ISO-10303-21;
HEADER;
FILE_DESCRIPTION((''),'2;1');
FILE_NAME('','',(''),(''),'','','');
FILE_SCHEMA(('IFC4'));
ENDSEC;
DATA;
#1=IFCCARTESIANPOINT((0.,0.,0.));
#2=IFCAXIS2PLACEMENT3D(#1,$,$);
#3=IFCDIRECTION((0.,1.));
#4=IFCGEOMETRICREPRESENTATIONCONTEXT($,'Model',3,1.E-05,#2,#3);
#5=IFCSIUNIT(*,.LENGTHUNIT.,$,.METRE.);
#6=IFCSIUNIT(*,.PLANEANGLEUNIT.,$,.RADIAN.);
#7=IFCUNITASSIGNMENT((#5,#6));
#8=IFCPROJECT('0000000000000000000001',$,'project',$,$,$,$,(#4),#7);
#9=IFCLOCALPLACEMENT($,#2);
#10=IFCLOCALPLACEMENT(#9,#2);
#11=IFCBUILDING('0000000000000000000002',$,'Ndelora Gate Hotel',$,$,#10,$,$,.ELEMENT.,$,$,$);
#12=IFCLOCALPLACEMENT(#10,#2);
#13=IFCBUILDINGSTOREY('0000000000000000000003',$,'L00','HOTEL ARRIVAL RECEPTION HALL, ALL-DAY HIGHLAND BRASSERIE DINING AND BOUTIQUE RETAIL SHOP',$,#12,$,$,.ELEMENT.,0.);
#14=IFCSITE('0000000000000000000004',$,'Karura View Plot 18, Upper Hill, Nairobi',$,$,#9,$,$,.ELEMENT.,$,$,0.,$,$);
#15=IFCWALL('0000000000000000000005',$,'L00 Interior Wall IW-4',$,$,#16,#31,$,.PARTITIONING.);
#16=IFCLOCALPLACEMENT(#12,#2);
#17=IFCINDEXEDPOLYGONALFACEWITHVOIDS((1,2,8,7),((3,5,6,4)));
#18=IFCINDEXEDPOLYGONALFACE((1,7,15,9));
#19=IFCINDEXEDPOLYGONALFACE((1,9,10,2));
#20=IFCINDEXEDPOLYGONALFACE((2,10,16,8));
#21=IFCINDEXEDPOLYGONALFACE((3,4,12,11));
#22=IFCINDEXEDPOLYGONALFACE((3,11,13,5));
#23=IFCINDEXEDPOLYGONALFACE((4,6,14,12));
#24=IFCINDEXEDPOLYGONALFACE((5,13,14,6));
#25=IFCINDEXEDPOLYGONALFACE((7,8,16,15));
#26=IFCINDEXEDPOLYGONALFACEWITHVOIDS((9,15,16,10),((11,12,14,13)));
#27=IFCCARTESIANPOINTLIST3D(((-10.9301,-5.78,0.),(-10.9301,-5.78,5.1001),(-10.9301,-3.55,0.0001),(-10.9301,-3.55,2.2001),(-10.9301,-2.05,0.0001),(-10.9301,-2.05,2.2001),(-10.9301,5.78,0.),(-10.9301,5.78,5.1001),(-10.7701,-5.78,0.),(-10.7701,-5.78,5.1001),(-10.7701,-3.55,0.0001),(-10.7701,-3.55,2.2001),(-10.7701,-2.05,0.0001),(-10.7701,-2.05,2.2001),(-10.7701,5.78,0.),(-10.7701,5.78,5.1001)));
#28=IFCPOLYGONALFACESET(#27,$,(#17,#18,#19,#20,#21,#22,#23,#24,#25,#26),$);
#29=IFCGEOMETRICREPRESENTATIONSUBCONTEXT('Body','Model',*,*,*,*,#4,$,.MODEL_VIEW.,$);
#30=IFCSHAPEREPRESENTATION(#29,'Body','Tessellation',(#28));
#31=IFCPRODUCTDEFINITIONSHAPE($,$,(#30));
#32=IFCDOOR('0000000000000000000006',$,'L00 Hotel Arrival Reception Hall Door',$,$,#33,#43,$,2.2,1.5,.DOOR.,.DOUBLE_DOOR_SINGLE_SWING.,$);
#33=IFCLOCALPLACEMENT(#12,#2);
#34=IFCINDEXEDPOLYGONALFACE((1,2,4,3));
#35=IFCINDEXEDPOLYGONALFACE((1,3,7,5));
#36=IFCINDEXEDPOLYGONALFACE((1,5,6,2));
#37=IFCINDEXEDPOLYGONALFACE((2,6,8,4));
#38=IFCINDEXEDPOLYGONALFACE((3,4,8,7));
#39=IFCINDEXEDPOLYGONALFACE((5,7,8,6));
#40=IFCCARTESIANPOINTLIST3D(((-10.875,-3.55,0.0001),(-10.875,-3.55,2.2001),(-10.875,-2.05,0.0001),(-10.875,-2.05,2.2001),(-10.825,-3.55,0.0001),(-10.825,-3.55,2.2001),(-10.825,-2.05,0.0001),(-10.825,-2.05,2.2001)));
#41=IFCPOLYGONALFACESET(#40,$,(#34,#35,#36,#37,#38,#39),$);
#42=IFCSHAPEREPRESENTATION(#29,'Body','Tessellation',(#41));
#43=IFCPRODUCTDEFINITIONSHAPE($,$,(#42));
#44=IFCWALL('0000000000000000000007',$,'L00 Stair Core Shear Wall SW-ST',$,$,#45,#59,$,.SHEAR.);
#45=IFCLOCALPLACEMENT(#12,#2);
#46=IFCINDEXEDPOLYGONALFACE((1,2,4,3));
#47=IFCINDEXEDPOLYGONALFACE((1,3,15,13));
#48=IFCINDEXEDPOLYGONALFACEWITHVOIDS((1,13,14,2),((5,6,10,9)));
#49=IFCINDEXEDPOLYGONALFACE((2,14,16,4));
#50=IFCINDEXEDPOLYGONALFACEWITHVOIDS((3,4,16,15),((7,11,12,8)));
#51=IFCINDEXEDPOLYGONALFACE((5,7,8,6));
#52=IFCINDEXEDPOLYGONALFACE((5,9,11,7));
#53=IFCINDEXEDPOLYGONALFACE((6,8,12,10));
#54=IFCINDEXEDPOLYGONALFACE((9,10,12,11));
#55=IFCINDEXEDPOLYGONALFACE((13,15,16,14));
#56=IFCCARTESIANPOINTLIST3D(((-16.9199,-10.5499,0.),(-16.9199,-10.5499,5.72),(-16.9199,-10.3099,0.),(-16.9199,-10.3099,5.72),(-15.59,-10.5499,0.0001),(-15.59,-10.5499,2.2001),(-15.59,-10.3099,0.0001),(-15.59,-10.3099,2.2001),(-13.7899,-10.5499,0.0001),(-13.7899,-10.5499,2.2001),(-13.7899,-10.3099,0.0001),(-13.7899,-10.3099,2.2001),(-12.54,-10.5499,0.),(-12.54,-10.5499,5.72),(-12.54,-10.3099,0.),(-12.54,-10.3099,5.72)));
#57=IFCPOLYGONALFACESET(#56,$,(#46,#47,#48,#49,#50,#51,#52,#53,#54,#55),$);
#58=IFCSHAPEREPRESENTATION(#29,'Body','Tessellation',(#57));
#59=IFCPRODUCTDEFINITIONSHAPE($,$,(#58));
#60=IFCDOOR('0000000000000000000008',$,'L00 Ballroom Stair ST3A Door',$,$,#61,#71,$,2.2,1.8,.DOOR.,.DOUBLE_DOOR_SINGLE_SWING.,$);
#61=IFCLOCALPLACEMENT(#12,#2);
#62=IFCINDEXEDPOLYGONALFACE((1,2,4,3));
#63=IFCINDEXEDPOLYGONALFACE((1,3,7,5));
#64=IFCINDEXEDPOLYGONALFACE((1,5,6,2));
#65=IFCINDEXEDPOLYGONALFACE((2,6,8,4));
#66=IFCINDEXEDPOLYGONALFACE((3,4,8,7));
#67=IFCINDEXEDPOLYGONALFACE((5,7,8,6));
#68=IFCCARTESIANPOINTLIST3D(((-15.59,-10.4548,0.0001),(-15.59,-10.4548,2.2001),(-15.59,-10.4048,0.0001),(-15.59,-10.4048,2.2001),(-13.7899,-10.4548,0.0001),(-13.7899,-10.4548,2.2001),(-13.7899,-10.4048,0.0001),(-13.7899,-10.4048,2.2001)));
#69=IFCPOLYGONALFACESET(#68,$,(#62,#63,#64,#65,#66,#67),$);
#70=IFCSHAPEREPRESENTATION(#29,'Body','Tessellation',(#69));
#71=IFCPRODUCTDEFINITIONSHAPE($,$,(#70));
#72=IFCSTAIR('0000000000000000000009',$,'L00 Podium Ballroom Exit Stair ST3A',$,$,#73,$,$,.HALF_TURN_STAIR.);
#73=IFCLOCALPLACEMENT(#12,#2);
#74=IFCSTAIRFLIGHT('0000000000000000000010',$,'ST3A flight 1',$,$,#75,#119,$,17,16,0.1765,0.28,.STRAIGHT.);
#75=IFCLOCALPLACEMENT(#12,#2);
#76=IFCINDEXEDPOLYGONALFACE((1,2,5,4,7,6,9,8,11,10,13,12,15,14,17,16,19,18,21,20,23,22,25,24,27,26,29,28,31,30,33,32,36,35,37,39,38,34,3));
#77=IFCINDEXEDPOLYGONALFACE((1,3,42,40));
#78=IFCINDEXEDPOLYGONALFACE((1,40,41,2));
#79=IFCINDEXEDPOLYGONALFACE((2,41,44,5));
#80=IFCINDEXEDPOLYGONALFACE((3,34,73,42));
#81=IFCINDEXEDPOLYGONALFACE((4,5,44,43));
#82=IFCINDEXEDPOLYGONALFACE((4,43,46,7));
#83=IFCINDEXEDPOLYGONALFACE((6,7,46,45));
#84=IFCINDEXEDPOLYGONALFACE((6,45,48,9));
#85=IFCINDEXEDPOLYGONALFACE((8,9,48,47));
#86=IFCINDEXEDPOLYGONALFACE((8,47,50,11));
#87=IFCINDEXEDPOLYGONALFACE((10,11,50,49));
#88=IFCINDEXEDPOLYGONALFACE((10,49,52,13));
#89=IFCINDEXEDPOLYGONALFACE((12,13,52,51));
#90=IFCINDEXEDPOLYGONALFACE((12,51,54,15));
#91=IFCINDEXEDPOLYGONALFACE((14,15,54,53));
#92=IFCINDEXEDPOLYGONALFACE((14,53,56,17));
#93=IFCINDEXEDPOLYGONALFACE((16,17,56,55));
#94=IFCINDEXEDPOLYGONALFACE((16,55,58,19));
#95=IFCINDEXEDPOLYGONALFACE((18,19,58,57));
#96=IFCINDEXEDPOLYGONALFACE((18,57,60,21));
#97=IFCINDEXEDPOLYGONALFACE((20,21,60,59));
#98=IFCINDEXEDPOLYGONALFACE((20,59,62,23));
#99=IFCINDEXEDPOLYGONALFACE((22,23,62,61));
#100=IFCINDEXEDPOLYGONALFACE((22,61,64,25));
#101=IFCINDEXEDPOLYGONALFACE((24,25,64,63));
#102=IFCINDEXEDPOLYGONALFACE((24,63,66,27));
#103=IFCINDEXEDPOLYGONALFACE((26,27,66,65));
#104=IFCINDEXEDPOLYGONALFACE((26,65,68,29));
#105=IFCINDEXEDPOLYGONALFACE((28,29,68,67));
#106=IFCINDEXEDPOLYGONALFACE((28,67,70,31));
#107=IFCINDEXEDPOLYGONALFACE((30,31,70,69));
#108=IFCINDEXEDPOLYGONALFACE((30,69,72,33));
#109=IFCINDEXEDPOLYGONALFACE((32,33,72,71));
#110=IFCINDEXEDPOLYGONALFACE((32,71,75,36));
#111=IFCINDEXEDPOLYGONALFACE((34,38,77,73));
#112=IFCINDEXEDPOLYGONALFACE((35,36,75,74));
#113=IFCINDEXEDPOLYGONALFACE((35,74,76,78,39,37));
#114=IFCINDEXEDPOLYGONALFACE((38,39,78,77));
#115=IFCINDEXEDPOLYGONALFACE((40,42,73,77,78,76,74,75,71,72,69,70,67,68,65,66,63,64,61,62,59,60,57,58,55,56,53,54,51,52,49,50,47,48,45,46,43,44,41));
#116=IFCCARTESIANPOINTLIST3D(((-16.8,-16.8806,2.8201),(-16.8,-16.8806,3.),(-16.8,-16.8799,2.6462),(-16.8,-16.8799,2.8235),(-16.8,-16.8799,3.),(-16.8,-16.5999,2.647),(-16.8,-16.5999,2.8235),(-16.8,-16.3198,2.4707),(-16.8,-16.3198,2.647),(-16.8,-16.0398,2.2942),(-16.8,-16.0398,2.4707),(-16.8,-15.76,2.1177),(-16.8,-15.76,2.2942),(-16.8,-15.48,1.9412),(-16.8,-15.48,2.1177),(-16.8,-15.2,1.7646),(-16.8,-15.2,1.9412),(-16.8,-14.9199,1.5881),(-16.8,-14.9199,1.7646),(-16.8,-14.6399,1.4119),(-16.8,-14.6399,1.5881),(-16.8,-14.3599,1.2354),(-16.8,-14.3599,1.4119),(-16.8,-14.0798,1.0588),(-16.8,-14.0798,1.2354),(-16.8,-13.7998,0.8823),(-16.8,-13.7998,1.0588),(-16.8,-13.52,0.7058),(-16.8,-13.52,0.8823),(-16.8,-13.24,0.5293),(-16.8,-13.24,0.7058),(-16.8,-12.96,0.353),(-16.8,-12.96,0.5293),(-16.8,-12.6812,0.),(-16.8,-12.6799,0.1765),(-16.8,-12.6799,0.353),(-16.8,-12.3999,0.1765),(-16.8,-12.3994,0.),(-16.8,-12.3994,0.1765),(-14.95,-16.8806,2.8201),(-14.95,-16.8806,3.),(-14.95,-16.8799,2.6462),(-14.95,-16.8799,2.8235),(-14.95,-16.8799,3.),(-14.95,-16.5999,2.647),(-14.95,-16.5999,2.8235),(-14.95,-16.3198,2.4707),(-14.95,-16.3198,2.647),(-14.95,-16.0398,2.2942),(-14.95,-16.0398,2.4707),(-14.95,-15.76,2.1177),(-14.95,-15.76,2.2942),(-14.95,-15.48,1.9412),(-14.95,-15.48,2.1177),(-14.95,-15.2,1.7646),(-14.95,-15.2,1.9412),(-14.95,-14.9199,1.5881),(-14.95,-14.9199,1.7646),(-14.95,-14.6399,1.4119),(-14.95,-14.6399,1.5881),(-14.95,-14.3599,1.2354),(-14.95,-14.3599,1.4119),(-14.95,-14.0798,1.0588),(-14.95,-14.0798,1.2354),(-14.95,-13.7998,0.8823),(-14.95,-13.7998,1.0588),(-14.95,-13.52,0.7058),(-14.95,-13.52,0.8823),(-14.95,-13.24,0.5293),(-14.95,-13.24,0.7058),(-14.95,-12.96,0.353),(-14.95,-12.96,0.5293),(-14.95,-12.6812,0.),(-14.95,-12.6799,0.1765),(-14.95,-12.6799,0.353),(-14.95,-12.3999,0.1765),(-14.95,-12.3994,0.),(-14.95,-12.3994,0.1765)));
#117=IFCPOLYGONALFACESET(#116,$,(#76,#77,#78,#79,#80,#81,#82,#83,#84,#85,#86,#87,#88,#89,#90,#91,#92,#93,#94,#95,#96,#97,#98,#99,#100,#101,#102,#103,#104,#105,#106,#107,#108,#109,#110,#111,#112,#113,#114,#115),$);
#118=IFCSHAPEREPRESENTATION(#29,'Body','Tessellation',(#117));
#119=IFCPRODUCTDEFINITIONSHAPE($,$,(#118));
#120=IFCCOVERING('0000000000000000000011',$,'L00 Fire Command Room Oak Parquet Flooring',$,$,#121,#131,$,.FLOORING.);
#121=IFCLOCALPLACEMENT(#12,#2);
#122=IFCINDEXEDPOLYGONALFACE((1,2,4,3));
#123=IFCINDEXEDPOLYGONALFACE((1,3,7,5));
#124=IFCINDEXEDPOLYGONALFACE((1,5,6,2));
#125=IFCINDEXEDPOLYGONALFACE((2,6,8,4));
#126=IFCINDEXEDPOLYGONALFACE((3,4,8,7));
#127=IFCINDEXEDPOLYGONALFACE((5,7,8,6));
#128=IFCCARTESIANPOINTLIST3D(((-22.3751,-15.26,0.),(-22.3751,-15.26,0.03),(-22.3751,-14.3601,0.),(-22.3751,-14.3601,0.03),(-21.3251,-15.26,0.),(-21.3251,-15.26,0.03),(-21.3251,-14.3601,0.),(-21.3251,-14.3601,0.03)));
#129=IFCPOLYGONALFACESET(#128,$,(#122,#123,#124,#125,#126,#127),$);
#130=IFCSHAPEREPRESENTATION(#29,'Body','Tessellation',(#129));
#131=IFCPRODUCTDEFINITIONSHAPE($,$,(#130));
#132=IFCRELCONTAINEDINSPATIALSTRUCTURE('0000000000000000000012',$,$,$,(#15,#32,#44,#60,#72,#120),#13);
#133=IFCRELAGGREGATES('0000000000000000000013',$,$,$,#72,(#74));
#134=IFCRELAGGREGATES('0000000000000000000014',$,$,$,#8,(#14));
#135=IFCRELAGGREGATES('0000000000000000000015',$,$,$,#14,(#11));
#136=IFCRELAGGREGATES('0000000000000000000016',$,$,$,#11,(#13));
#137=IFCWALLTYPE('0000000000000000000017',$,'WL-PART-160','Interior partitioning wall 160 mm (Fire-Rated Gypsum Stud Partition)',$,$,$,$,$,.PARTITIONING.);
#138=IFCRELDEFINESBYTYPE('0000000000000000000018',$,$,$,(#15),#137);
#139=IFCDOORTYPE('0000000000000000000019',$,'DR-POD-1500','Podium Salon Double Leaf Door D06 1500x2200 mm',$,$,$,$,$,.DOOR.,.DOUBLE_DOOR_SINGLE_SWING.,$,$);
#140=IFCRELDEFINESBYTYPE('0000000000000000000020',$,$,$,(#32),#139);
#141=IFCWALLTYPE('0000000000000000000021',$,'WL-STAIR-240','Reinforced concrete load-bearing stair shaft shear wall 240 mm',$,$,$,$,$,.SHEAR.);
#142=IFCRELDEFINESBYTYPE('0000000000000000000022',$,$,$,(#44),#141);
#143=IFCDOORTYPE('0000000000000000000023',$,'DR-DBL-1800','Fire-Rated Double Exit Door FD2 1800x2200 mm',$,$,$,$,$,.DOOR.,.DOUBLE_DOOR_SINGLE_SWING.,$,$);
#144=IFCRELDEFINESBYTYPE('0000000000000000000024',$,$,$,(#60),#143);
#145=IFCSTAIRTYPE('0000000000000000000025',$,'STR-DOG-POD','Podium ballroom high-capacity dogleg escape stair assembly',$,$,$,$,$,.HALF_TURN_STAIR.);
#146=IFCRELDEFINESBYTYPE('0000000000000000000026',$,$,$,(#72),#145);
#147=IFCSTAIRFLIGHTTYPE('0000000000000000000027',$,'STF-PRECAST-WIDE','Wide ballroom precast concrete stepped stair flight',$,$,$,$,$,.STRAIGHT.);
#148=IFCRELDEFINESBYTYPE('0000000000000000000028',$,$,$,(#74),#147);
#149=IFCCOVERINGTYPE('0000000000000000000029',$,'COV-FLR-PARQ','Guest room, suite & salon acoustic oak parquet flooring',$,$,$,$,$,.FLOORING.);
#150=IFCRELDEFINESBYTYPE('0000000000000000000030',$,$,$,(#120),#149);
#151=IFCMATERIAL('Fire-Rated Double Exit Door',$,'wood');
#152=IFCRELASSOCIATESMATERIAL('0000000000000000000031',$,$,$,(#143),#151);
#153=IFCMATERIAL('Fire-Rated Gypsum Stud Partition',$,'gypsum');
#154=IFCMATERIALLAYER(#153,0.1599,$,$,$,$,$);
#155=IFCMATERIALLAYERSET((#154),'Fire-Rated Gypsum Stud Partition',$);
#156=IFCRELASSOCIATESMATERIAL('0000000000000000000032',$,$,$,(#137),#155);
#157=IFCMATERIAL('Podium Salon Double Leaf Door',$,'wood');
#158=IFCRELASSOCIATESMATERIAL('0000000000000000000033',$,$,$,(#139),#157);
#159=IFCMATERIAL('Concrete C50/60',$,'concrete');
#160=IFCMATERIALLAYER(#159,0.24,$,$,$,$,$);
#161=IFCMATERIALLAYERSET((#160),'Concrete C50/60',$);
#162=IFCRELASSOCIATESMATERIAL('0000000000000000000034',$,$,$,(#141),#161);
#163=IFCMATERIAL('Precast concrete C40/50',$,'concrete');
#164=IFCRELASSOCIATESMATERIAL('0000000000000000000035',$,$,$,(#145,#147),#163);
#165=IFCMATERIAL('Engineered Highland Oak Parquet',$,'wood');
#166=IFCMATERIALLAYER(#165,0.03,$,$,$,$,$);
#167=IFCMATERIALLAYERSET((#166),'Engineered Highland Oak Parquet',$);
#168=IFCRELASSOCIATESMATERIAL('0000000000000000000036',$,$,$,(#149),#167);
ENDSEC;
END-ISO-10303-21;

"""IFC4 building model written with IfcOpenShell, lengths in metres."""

from ifc_helpers import new_model, si_unit, direction, frame, frame_2d, origin, origin_2d, place, context, subcontext, project, spatial, polyline, rectangle, outline, extrude, material, layer, layer_set, type_object, element, fill, aggregate, save


model = new_model("IFC4")

# Units and contexts
model_context = context("Model", 3, precision=1e-05, world=origin(), true_north=direction((0.0, 1.0)))
body_context = subcontext(model_context, "Body", "Model", "MODEL_VIEW")
ifc_project = project(units=[si_unit("LENGTHUNIT", "METRE"), si_unit("PLANEANGLEUNIT", "RADIAN")], contexts=[model_context])

# Site, building, storey
site_placement = place(None, origin())
site = spatial("IfcSite", under=ifc_project, at=site_placement, Name="Karura View Plot 18, Upper Hill, Nairobi", CompositionType="ELEMENT", RefElevation=0.0)
building_placement = place(site_placement, origin())
building = spatial("IfcBuilding", under=site, at=building_placement, Name="Ndelora Gate Hotel", CompositionType="ELEMENT")
storey_placement = place(building_placement, origin())
storey = spatial("IfcBuildingStorey", under=building, at=storey_placement, Name="L00", Description="HOTEL ARRIVAL RECEPTION HALL, ALL-DAY HIGHLAND BRASSERIE DINING AND BOUTIQUE RETAIL SHOP", CompositionType="ELEMENT", Elevation=0.0)

# Shared definitions
ifc_material_1 = material(Name="Concrete C50/60", Category="concrete")

# Walls, openings, doors
ifc_material_2 = material(Name="Fire-Rated Double Exit Door", Category="wood")
door_type_1 = type_object("IfcDoorType", Name="DR-DBL-1800", Description="Fire-Rated Double Exit Door FD2 1800x2200 mm", OperationType="DOUBLE_DOOR_SINGLE_SWING", PredefinedType="DOOR", material=ifc_material_2)
ifc_material_3 = material(Name="Fire-Rated Gypsum Stud Partition", Category="gypsum")
ifc_layer_1 = layer(ifc_material_3, 0.1599)
ifc_layer_set_1 = layer_set([ifc_layer_1], Name="Fire-Rated Gypsum Stud Partition")
wall_type_1 = type_object("IfcWallType", Name="WL-PART-160", Description="Interior partitioning wall 160 mm (Fire-Rated Gypsum Stud Partition)", PredefinedType="PARTITIONING", material=ifc_layer_set_1)
wall_1_placement = place(storey_placement, frame((-10.8501, -5.78, 0.0), z_axis=(0.0, 0.0, 1.0), x_axis=(0.0, 1.0, 0.0)))
wall_1 = element("IfcWall", 1, at=wall_1_placement, inside=storey, type_object=wall_type_1, Name="L00 Interior Wall IW-4", PredefinedType="PARTITIONING", context=body_context, shape_type="SweptSolid", body=[
    extrude(rectangle(XDim=11.5601, YDim=0.1599, at=frame_2d((5.78, 0.0))), origin(), (0.0, 0.0, 1.0), 5.1001),
])
opening_1_placement = place(wall_1_placement, frame((2.23, 0.0, 0.0)))
opening_1 = element("IfcOpeningElement", 2, at=opening_1_placement, cuts=wall_1, PredefinedType="OPENING", context=body_context, shape_type="SweptSolid", body=[
    extrude(rectangle(XDim=1.5, YDim=2.2, at=frame_2d((0.75, 1.1001))), frame((0.0, 0.0898, 0.0), z_axis=(0.0, -1.0, 0.0), x_axis=(1.0, 0.0, 0.0)), (0.0, 0.0, 1.0), 0.1799),
])
ifc_material_4 = material(Name="Podium Salon Double Leaf Door", Category="wood")
door_type_2 = type_object("IfcDoorType", Name="DR-POD-1500", Description="Podium Salon Double Leaf Door D06 1500x2200 mm", OperationType="DOUBLE_DOOR_SINGLE_SWING", PredefinedType="DOOR", material=ifc_material_4)
door_1_placement = place(opening_1_placement, origin())
door_1 = element("IfcDoor", 3, at=door_1_placement, inside=storey, type_object=door_type_2, Name="L00 Hotel Arrival Reception Hall Door", OperationType="DOUBLE_DOOR_SINGLE_SWING", OverallHeight=2.2, OverallWidth=1.5, PredefinedType="DOOR", context=body_context, shape_type="SweptSolid", body=[
    extrude(rectangle(XDim=1.5, YDim=2.2, at=frame_2d((0.75, 1.1001))), frame((0.0, 0.0249, 0.0), z_axis=(0.0, -1.0, 0.0), x_axis=(1.0, 0.0, 0.0)), (0.0, 0.0, 1.0), 0.05),
])
fill(opening_1, door_1)
ifc_layer_2 = layer(ifc_material_1, 0.24)
ifc_layer_set_2 = layer_set([ifc_layer_2], Name="Concrete C50/60")
wall_type_2 = type_object("IfcWallType", Name="WL-STAIR-240", Description="Reinforced concrete load-bearing stair shaft shear wall 240 mm", PredefinedType="SHEAR", material=ifc_layer_set_2)
wall_2_placement = place(storey_placement, frame((-12.54, -10.4299, 0.0), z_axis=(0.0, 0.0, 1.0), x_axis=(-1.0, 0.0, 0.0)))
wall_2 = element("IfcWall", 4, at=wall_2_placement, inside=storey, type_object=wall_type_2, Name="L00 Stair Core Shear Wall SW-ST", PredefinedType="SHEAR", context=body_context, shape_type="SweptSolid", body=[
    extrude(rectangle(XDim=4.3799, YDim=0.24, at=frame_2d((2.1899, 0.0))), origin(), (0.0, 0.0, 1.0), 5.72),
])
opening_2_placement = place(wall_2_placement, frame((1.25, 0.0, 0.0)))
opening_2 = element("IfcOpeningElement", 5, at=opening_2_placement, cuts=wall_2, PredefinedType="OPENING", context=body_context, shape_type="SweptSolid", body=[
    extrude(rectangle(XDim=1.8, YDim=2.2, at=frame_2d((0.8999, 1.1001))), frame((0.0, 0.1299, 0.0), z_axis=(0.0, -1.0, 0.0), x_axis=(1.0, 0.0, 0.0)), (0.0, 0.0, 1.0), 0.26),
])
door_2_placement = place(opening_2_placement, origin())
door_2 = element("IfcDoor", 6, at=door_2_placement, inside=storey, type_object=door_type_1, Name="L00 Ballroom Stair ST3A Door", OperationType="DOUBLE_DOOR_SINGLE_SWING", OverallHeight=2.2, OverallWidth=1.8, PredefinedType="DOOR", context=body_context, shape_type="SweptSolid", body=[
    extrude(rectangle(XDim=1.8, YDim=2.2, at=frame_2d((0.8999, 1.1001))), frame((0.0, 0.0249, 0.0), z_axis=(0.0, -1.0, 0.0), x_axis=(1.0, 0.0, 0.0)), (0.0, 0.0, 1.0), 0.05),
])
fill(opening_2, door_2)

# Stair, stair flight
ifc_material_5 = material(Name="Precast concrete C40/50", Category="concrete")
stair_type = type_object("IfcStairType", Name="STR-DOG-POD", Description="Podium ballroom high-capacity dogleg escape stair assembly", PredefinedType="HALF_TURN_STAIR", material=ifc_material_5)
stair_placement = place(storey_placement, origin())
stair = element("IfcStair", 7, at=stair_placement, inside=storey, type_object=stair_type, Name="L00 Podium Ballroom Exit Stair ST3A", PredefinedType="HALF_TURN_STAIR")
stair_flight_type = type_object("IfcStairFlightType", Name="STF-PRECAST-WIDE", Description="Wide ballroom precast concrete stepped stair flight", PredefinedType="STRAIGHT", material=ifc_material_5)
stair_flight_placement = place(storey_placement, frame((-15.875, -12.3999, 0.0), z_axis=(0.0, 0.0, 1.0), x_axis=(0.0, -1.0, 0.0)))
stair_flight = element("IfcStairFlight", 8, at=stair_flight_placement, type_object=stair_flight_type, Name="ST3A flight 1", NumberOfRisers=17, NumberOfTreads=16, PredefinedType="STRAIGHT", RiserHeight=0.1765, TreadLength=0.28, context=body_context, shape_type="SweptSolid", body=[
    extrude(outline(polyline([(-0.0005, 0.0), (-0.0005, 0.1765), (0.0, 0.1765), (0.28, 0.1765), (0.28, 0.353), (0.5601, 0.353), (0.5601, 0.5293), (0.8401, 0.5293), (0.8401, 0.7058), (1.1201, 0.7058), (1.1201, 0.8823), (1.3999, 0.8823), (1.3999, 1.0588), (1.6799, 1.0588), (1.6799, 1.2354), (1.96, 1.2354), (1.96, 1.4119), (2.24, 1.4119), (2.24, 1.5881), (2.52, 1.5881), (2.52, 1.7646), (2.8, 1.7646), (2.8, 1.9412), (3.0801, 1.9412), (3.0801, 2.1177), (3.3601, 2.1177), (3.3601, 2.2942), (3.6399, 2.2942), (3.6399, 2.4707), (3.9199, 2.4707), (3.9199, 2.647), (4.2, 2.647), (4.2, 2.8235), (4.48, 2.8235), (4.48, 3.0), (4.4807, 3.0), (4.4807, 2.8201), (4.48, 2.6462), (0.2812, 0.0), (-0.0005, 0.0)])), frame((0.0, 0.925, 0.0), z_axis=(0.0, -1.0, 0.0), x_axis=(1.0, 0.0, 0.0)), (0.0, 0.0, 1.0), 1.8501),
])
aggregate(stair, [stair_flight])

# Covering
ifc_material_6 = material(Name="Engineered Highland Oak Parquet", Category="wood")
ifc_layer_3 = layer(ifc_material_6, 0.03)
ifc_layer_set_3 = layer_set([ifc_layer_3], Name="Engineered Highland Oak Parquet")
covering_type = type_object("IfcCoveringType", Name="COV-FLR-PARQ", Description="Guest room, suite & salon acoustic oak parquet flooring", PredefinedType="FLOORING", material=ifc_layer_set_3)
covering_placement = place(storey_placement, frame((-21.8501, -14.8101, 0.0), z_axis=(0.0, 0.0, 1.0), x_axis=(1.0, 0.0, 0.0)))
element("IfcCovering", 9, at=covering_placement, inside=storey, type_object=covering_type, Name="L00 Fire Command Room Oak Parquet Flooring", PredefinedType="FLOORING", context=body_context, shape_type="SweptSolid", body=[
    extrude(rectangle(XDim=1.05, YDim=0.8999, at=origin_2d()), origin(), (0.0, 0.0, 1.0), 0.03),
])

save(model, "model.ifc")
